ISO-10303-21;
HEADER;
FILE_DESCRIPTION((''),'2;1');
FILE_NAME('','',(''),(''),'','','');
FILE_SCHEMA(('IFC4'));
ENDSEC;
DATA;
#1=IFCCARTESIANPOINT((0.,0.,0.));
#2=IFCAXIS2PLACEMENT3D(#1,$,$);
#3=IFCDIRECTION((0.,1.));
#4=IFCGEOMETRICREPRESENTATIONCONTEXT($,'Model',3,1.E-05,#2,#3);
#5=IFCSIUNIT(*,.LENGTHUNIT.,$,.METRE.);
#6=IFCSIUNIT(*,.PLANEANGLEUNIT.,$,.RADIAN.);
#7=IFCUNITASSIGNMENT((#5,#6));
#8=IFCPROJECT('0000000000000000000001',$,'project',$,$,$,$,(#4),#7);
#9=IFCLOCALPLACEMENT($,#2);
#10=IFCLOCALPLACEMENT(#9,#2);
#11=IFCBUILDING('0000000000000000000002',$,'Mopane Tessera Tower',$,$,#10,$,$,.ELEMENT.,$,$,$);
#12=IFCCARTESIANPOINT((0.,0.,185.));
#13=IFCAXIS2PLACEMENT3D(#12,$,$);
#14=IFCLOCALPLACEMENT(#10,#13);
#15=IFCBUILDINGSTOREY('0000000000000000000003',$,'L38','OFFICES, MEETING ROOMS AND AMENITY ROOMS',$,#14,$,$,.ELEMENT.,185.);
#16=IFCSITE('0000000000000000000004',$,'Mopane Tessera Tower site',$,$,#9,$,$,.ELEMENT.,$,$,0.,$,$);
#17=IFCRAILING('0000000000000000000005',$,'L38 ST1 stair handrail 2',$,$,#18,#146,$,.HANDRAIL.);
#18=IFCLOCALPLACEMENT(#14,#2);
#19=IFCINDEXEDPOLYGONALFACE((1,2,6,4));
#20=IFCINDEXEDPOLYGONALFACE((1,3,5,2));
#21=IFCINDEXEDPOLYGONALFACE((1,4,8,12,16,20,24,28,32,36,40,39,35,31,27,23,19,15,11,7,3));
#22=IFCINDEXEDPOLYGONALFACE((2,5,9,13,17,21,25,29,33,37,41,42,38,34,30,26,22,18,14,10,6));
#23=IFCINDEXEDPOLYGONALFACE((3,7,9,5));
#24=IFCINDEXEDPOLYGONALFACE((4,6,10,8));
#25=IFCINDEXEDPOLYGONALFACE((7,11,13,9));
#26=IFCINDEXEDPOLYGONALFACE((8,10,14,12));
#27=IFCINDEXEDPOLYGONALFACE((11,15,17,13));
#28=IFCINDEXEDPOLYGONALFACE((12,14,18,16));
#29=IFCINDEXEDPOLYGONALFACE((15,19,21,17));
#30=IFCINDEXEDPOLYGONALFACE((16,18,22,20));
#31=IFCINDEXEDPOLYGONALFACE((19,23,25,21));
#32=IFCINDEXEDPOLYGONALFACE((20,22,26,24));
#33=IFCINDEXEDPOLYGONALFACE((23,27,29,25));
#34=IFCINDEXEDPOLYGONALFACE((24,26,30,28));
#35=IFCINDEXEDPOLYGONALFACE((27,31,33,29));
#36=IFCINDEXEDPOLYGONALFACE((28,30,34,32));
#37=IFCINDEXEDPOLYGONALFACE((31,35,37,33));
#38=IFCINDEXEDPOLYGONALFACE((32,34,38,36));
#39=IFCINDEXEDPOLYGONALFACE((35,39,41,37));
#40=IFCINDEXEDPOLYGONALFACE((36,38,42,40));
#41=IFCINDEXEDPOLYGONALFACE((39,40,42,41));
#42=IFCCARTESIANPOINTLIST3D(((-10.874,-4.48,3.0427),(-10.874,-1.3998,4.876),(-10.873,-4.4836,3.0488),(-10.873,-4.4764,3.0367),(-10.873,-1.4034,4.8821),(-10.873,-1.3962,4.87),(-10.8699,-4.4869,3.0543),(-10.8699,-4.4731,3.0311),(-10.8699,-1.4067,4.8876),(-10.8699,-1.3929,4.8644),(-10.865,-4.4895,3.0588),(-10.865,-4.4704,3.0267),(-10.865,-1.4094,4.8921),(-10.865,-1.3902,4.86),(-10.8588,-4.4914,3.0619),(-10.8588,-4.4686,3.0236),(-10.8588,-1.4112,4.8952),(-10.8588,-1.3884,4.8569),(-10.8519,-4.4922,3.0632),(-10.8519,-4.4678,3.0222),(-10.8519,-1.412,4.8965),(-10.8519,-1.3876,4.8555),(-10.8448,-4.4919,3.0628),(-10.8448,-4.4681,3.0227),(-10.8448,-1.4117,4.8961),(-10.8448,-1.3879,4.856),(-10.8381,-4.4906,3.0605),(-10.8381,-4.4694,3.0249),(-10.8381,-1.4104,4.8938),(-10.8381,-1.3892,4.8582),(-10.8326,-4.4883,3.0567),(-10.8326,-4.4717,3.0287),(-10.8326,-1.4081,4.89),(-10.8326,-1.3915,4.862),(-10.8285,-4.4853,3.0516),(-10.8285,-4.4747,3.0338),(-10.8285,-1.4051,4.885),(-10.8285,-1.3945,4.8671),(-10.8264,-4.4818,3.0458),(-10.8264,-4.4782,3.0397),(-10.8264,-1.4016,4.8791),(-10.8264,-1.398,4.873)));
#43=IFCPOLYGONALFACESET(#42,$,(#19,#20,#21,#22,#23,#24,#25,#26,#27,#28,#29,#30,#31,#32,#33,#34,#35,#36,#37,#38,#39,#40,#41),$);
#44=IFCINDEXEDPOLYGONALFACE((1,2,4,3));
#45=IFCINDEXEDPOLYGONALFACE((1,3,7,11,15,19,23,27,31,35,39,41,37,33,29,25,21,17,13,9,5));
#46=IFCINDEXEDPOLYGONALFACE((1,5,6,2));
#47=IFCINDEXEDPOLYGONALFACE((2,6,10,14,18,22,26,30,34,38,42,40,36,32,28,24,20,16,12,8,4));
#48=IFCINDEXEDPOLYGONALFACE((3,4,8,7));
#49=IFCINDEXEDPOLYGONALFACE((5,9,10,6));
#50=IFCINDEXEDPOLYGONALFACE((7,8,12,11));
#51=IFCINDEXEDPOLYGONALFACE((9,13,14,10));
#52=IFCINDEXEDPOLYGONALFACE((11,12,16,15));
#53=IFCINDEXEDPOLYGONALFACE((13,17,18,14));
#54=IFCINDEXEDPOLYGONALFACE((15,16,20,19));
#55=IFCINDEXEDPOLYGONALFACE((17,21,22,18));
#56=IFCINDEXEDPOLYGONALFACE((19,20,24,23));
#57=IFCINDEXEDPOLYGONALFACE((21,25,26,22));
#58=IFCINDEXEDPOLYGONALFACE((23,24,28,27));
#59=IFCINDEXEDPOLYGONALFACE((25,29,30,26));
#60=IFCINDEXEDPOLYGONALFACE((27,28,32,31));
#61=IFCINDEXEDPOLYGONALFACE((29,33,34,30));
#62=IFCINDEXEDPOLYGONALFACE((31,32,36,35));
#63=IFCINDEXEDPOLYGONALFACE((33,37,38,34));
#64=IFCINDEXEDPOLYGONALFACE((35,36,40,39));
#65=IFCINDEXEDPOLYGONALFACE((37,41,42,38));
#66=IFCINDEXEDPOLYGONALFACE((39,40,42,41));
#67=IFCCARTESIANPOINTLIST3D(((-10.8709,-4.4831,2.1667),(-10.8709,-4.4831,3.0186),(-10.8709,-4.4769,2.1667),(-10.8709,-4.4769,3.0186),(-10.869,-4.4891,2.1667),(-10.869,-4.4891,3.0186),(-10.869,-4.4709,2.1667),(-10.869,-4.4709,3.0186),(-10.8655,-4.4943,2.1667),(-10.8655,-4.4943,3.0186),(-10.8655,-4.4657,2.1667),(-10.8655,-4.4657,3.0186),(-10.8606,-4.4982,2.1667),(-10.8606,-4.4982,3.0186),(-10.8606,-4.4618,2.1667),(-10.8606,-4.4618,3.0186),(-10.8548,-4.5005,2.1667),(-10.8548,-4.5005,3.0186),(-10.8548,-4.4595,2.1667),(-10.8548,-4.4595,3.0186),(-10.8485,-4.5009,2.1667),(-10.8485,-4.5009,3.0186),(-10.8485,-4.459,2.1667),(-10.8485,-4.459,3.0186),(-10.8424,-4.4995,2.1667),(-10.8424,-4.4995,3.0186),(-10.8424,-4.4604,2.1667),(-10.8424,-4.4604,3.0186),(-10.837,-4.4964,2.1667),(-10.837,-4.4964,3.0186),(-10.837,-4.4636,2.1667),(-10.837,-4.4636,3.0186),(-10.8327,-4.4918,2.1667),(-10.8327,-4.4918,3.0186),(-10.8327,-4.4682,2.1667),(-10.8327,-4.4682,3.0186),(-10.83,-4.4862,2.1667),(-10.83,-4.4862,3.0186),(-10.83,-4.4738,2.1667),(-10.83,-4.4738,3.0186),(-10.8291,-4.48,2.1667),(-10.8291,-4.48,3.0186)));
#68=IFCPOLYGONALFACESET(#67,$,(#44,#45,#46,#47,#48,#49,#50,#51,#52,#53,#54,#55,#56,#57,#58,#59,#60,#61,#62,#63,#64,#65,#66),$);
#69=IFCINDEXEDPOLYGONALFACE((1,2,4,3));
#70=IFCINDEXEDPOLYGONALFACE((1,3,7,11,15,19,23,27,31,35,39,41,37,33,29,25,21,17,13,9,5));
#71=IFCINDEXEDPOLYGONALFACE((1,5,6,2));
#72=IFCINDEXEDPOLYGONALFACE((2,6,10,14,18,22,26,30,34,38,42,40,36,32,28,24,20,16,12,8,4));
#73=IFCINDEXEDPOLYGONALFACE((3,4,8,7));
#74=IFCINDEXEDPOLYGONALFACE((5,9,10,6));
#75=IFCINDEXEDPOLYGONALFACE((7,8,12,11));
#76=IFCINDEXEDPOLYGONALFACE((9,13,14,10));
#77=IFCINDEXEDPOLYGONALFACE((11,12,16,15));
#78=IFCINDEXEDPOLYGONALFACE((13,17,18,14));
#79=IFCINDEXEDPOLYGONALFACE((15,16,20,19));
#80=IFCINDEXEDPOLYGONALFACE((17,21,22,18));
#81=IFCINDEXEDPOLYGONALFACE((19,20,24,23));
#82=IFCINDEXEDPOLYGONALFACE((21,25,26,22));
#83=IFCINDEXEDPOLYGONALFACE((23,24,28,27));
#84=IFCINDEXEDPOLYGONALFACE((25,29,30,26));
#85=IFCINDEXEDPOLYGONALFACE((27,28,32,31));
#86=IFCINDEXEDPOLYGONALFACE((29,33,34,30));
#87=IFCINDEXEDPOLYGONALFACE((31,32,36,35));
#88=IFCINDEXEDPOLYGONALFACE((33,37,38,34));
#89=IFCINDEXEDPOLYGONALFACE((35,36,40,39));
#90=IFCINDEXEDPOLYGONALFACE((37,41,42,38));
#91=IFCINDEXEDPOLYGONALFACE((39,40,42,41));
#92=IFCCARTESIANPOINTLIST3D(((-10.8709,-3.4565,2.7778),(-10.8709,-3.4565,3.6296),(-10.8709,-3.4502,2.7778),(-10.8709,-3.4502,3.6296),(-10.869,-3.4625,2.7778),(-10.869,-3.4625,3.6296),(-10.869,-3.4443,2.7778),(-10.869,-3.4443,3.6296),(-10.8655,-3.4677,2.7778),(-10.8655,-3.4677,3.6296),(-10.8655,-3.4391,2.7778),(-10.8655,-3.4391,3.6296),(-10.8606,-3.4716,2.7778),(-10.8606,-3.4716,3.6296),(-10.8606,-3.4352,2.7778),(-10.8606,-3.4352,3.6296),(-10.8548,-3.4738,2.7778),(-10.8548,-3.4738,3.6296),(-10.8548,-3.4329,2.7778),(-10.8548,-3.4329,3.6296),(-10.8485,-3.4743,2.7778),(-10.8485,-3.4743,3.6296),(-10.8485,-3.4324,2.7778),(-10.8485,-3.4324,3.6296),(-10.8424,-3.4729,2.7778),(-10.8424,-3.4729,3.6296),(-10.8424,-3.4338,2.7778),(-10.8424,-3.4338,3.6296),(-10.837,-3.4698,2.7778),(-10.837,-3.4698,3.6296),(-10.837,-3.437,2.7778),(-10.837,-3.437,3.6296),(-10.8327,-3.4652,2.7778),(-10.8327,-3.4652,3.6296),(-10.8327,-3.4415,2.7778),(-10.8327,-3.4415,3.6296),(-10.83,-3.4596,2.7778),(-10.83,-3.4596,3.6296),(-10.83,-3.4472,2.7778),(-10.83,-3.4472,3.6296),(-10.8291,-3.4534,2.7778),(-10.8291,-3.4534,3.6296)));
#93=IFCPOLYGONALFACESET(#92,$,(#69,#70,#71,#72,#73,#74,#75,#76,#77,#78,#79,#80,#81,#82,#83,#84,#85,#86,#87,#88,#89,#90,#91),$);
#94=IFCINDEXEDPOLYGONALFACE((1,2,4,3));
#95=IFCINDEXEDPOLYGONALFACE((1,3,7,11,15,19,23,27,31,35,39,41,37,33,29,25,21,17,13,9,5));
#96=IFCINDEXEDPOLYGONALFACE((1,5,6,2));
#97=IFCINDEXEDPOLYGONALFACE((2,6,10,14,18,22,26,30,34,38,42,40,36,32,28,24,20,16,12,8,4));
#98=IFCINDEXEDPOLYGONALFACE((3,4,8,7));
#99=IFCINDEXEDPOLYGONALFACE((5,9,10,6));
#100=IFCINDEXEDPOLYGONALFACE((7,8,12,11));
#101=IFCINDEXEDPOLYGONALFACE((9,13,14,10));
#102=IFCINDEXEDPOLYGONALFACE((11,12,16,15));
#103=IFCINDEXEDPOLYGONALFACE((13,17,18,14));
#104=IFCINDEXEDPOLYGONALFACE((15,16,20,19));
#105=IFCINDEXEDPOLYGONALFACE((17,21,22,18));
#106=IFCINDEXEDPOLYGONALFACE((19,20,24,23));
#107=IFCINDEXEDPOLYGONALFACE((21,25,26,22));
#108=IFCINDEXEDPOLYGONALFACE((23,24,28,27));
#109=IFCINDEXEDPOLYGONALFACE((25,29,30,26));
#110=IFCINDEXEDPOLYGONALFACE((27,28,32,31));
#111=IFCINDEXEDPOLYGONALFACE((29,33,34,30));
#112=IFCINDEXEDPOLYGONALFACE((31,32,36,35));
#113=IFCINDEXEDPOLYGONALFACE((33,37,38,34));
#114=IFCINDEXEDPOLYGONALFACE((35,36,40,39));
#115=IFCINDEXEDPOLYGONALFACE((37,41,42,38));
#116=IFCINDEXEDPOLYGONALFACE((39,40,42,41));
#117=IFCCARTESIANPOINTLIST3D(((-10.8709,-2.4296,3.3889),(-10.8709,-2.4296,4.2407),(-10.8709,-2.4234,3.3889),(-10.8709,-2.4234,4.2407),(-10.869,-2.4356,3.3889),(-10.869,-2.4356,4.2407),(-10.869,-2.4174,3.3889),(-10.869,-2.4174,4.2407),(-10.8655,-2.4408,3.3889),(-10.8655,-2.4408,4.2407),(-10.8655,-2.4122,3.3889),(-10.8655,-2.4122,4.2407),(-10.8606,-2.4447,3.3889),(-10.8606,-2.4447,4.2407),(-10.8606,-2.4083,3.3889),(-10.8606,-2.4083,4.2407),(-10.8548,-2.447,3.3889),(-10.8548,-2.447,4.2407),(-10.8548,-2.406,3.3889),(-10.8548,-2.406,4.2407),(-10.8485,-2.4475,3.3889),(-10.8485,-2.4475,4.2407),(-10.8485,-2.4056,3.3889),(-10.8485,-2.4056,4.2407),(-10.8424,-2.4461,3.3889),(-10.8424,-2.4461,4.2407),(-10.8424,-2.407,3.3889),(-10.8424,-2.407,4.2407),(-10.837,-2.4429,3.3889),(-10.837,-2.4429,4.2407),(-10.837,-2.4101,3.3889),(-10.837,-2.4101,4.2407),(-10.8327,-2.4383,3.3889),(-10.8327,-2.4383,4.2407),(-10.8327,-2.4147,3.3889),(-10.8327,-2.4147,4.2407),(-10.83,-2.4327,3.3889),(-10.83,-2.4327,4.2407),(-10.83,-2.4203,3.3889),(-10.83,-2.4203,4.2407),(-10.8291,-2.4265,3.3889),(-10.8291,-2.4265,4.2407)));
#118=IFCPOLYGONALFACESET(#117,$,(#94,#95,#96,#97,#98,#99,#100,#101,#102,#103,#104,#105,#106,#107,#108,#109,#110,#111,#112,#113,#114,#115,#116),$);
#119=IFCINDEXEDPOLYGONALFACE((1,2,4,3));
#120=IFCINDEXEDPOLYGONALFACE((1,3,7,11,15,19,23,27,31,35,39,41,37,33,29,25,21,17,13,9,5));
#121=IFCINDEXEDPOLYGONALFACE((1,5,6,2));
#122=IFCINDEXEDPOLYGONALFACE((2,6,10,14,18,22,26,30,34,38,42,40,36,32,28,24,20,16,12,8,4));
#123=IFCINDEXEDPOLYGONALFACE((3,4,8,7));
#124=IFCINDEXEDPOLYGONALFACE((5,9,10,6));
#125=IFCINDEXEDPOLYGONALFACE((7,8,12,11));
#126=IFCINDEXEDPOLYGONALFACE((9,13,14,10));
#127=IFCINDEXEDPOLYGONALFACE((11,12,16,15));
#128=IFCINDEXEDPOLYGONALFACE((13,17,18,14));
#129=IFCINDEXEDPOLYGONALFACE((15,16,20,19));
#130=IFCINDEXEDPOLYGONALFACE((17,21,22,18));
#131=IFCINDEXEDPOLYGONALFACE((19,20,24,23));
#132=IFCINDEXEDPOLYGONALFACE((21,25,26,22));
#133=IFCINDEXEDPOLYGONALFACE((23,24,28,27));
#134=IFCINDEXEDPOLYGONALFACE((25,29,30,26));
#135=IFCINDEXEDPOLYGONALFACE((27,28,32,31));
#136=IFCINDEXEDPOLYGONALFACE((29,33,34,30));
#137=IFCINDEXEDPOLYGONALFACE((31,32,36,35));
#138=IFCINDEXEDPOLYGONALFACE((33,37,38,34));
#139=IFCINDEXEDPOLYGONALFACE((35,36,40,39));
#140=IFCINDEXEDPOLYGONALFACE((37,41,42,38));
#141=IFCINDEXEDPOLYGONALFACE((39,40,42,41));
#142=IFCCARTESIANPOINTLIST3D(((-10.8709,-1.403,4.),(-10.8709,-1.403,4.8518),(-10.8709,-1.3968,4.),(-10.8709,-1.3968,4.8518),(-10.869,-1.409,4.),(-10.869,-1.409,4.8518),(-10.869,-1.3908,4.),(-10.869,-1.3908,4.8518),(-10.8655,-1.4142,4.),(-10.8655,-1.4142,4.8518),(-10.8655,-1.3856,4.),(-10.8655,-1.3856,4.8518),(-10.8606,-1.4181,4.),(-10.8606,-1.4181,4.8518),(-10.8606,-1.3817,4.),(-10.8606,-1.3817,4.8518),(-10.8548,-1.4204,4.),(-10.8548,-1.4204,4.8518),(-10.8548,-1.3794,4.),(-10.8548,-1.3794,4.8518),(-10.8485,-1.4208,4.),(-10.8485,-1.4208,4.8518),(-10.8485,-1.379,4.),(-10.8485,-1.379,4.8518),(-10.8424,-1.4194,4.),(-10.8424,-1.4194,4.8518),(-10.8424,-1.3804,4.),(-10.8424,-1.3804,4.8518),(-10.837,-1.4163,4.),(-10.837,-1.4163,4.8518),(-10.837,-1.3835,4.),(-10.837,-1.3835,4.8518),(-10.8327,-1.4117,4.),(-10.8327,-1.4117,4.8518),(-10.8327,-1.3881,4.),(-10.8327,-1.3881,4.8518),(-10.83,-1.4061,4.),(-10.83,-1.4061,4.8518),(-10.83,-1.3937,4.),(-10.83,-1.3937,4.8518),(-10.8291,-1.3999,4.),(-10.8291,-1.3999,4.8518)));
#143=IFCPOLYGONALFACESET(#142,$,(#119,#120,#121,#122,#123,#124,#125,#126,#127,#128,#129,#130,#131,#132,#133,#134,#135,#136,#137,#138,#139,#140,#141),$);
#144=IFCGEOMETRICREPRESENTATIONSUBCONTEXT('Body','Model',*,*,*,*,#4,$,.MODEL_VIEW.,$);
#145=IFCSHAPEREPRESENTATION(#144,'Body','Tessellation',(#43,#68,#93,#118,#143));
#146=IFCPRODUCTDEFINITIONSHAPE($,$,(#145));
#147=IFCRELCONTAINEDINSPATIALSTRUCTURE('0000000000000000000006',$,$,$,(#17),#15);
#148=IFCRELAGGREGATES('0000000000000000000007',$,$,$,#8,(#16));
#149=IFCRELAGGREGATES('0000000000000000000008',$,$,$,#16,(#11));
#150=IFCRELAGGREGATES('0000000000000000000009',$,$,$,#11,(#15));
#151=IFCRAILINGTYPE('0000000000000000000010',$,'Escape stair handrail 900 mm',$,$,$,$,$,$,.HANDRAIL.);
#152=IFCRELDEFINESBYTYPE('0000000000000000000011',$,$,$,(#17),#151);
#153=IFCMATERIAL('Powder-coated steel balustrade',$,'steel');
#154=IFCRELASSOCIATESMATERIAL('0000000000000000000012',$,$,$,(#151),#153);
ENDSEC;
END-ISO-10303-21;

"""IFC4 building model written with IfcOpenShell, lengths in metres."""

from ifc_helpers import new_model, si_unit, direction, frame, origin, origin_2d, place, context, subcontext, project, spatial, circle, extrude, material, type_object, element, save


model = new_model("IFC4")

# Units and contexts
model_context = context("Model", 3, precision=1e-05, world=origin(), true_north=direction((0.0, 1.0)))
body_context = subcontext(model_context, "Body", "Model", "MODEL_VIEW")
ifc_project = project(units=[si_unit("LENGTHUNIT", "METRE"), si_unit("PLANEANGLEUNIT", "RADIAN")], contexts=[model_context])

# Site, building, storey
site_placement = place(None, origin())
site = spatial("IfcSite", under=ifc_project, at=site_placement, Name="Mopane Tessera Tower site", CompositionType="ELEMENT", RefElevation=0.0)
building_placement = place(site_placement, origin())
building = spatial("IfcBuilding", under=site, at=building_placement, Name="Mopane Tessera Tower", CompositionType="ELEMENT")
storey_placement = place(building_placement, frame((0.0, 0.0, 185.0)))
storey = spatial("IfcBuildingStorey", under=building, at=storey_placement, Name="L38", Description="OFFICES, MEETING ROOMS AND AMENITY ROOMS", CompositionType="ELEMENT", Elevation=185.0)

# Railing
ifc_material_1 = material(Name="Powder-coated steel balustrade", Category="steel")
railing_type_1 = type_object("IfcRailingType", Name="Escape stair handrail 900 mm", PredefinedType="HANDRAIL", material=ifc_material_1)
railing_1_placement = place(storey_placement, frame((-10.8501, -4.48, 2.1667)))
element("IfcRailing", 1, at=railing_1_placement, inside=storey, type_object=railing_type_1, Name="L38 ST1 stair handrail 2", PredefinedType="HANDRAIL", context=body_context, shape_type="SweptSolid", body=[
    extrude(circle(Radius=0.0239, at=origin_2d()), frame((0.0, 0.0, 0.876), z_axis=(0.0, 0.859309, 0.511458), x_axis=(-1.0, 0.0, 0.0)), (0.0, 0.0, 1.0), 3.5845),
    extrude(circle(Radius=0.021, at=origin_2d()), origin(), (0.0, 0.0, 1.0), 0.8518),
    extrude(circle(Radius=0.021, at=origin_2d()), frame((0.0, 1.0266, 0.6111)), (0.0, 0.0, 1.0), 0.8518),
    extrude(circle(Radius=0.021, at=origin_2d()), frame((0.0, 2.0535, 1.2222)), (0.0, 0.0, 1.0), 0.8518),
    extrude(circle(Radius=0.021, at=origin_2d()), frame((0.0, 3.0801, 1.8333)), (0.0, 0.0, 1.0), 0.8518),
])

save(model, "model.ifc")
